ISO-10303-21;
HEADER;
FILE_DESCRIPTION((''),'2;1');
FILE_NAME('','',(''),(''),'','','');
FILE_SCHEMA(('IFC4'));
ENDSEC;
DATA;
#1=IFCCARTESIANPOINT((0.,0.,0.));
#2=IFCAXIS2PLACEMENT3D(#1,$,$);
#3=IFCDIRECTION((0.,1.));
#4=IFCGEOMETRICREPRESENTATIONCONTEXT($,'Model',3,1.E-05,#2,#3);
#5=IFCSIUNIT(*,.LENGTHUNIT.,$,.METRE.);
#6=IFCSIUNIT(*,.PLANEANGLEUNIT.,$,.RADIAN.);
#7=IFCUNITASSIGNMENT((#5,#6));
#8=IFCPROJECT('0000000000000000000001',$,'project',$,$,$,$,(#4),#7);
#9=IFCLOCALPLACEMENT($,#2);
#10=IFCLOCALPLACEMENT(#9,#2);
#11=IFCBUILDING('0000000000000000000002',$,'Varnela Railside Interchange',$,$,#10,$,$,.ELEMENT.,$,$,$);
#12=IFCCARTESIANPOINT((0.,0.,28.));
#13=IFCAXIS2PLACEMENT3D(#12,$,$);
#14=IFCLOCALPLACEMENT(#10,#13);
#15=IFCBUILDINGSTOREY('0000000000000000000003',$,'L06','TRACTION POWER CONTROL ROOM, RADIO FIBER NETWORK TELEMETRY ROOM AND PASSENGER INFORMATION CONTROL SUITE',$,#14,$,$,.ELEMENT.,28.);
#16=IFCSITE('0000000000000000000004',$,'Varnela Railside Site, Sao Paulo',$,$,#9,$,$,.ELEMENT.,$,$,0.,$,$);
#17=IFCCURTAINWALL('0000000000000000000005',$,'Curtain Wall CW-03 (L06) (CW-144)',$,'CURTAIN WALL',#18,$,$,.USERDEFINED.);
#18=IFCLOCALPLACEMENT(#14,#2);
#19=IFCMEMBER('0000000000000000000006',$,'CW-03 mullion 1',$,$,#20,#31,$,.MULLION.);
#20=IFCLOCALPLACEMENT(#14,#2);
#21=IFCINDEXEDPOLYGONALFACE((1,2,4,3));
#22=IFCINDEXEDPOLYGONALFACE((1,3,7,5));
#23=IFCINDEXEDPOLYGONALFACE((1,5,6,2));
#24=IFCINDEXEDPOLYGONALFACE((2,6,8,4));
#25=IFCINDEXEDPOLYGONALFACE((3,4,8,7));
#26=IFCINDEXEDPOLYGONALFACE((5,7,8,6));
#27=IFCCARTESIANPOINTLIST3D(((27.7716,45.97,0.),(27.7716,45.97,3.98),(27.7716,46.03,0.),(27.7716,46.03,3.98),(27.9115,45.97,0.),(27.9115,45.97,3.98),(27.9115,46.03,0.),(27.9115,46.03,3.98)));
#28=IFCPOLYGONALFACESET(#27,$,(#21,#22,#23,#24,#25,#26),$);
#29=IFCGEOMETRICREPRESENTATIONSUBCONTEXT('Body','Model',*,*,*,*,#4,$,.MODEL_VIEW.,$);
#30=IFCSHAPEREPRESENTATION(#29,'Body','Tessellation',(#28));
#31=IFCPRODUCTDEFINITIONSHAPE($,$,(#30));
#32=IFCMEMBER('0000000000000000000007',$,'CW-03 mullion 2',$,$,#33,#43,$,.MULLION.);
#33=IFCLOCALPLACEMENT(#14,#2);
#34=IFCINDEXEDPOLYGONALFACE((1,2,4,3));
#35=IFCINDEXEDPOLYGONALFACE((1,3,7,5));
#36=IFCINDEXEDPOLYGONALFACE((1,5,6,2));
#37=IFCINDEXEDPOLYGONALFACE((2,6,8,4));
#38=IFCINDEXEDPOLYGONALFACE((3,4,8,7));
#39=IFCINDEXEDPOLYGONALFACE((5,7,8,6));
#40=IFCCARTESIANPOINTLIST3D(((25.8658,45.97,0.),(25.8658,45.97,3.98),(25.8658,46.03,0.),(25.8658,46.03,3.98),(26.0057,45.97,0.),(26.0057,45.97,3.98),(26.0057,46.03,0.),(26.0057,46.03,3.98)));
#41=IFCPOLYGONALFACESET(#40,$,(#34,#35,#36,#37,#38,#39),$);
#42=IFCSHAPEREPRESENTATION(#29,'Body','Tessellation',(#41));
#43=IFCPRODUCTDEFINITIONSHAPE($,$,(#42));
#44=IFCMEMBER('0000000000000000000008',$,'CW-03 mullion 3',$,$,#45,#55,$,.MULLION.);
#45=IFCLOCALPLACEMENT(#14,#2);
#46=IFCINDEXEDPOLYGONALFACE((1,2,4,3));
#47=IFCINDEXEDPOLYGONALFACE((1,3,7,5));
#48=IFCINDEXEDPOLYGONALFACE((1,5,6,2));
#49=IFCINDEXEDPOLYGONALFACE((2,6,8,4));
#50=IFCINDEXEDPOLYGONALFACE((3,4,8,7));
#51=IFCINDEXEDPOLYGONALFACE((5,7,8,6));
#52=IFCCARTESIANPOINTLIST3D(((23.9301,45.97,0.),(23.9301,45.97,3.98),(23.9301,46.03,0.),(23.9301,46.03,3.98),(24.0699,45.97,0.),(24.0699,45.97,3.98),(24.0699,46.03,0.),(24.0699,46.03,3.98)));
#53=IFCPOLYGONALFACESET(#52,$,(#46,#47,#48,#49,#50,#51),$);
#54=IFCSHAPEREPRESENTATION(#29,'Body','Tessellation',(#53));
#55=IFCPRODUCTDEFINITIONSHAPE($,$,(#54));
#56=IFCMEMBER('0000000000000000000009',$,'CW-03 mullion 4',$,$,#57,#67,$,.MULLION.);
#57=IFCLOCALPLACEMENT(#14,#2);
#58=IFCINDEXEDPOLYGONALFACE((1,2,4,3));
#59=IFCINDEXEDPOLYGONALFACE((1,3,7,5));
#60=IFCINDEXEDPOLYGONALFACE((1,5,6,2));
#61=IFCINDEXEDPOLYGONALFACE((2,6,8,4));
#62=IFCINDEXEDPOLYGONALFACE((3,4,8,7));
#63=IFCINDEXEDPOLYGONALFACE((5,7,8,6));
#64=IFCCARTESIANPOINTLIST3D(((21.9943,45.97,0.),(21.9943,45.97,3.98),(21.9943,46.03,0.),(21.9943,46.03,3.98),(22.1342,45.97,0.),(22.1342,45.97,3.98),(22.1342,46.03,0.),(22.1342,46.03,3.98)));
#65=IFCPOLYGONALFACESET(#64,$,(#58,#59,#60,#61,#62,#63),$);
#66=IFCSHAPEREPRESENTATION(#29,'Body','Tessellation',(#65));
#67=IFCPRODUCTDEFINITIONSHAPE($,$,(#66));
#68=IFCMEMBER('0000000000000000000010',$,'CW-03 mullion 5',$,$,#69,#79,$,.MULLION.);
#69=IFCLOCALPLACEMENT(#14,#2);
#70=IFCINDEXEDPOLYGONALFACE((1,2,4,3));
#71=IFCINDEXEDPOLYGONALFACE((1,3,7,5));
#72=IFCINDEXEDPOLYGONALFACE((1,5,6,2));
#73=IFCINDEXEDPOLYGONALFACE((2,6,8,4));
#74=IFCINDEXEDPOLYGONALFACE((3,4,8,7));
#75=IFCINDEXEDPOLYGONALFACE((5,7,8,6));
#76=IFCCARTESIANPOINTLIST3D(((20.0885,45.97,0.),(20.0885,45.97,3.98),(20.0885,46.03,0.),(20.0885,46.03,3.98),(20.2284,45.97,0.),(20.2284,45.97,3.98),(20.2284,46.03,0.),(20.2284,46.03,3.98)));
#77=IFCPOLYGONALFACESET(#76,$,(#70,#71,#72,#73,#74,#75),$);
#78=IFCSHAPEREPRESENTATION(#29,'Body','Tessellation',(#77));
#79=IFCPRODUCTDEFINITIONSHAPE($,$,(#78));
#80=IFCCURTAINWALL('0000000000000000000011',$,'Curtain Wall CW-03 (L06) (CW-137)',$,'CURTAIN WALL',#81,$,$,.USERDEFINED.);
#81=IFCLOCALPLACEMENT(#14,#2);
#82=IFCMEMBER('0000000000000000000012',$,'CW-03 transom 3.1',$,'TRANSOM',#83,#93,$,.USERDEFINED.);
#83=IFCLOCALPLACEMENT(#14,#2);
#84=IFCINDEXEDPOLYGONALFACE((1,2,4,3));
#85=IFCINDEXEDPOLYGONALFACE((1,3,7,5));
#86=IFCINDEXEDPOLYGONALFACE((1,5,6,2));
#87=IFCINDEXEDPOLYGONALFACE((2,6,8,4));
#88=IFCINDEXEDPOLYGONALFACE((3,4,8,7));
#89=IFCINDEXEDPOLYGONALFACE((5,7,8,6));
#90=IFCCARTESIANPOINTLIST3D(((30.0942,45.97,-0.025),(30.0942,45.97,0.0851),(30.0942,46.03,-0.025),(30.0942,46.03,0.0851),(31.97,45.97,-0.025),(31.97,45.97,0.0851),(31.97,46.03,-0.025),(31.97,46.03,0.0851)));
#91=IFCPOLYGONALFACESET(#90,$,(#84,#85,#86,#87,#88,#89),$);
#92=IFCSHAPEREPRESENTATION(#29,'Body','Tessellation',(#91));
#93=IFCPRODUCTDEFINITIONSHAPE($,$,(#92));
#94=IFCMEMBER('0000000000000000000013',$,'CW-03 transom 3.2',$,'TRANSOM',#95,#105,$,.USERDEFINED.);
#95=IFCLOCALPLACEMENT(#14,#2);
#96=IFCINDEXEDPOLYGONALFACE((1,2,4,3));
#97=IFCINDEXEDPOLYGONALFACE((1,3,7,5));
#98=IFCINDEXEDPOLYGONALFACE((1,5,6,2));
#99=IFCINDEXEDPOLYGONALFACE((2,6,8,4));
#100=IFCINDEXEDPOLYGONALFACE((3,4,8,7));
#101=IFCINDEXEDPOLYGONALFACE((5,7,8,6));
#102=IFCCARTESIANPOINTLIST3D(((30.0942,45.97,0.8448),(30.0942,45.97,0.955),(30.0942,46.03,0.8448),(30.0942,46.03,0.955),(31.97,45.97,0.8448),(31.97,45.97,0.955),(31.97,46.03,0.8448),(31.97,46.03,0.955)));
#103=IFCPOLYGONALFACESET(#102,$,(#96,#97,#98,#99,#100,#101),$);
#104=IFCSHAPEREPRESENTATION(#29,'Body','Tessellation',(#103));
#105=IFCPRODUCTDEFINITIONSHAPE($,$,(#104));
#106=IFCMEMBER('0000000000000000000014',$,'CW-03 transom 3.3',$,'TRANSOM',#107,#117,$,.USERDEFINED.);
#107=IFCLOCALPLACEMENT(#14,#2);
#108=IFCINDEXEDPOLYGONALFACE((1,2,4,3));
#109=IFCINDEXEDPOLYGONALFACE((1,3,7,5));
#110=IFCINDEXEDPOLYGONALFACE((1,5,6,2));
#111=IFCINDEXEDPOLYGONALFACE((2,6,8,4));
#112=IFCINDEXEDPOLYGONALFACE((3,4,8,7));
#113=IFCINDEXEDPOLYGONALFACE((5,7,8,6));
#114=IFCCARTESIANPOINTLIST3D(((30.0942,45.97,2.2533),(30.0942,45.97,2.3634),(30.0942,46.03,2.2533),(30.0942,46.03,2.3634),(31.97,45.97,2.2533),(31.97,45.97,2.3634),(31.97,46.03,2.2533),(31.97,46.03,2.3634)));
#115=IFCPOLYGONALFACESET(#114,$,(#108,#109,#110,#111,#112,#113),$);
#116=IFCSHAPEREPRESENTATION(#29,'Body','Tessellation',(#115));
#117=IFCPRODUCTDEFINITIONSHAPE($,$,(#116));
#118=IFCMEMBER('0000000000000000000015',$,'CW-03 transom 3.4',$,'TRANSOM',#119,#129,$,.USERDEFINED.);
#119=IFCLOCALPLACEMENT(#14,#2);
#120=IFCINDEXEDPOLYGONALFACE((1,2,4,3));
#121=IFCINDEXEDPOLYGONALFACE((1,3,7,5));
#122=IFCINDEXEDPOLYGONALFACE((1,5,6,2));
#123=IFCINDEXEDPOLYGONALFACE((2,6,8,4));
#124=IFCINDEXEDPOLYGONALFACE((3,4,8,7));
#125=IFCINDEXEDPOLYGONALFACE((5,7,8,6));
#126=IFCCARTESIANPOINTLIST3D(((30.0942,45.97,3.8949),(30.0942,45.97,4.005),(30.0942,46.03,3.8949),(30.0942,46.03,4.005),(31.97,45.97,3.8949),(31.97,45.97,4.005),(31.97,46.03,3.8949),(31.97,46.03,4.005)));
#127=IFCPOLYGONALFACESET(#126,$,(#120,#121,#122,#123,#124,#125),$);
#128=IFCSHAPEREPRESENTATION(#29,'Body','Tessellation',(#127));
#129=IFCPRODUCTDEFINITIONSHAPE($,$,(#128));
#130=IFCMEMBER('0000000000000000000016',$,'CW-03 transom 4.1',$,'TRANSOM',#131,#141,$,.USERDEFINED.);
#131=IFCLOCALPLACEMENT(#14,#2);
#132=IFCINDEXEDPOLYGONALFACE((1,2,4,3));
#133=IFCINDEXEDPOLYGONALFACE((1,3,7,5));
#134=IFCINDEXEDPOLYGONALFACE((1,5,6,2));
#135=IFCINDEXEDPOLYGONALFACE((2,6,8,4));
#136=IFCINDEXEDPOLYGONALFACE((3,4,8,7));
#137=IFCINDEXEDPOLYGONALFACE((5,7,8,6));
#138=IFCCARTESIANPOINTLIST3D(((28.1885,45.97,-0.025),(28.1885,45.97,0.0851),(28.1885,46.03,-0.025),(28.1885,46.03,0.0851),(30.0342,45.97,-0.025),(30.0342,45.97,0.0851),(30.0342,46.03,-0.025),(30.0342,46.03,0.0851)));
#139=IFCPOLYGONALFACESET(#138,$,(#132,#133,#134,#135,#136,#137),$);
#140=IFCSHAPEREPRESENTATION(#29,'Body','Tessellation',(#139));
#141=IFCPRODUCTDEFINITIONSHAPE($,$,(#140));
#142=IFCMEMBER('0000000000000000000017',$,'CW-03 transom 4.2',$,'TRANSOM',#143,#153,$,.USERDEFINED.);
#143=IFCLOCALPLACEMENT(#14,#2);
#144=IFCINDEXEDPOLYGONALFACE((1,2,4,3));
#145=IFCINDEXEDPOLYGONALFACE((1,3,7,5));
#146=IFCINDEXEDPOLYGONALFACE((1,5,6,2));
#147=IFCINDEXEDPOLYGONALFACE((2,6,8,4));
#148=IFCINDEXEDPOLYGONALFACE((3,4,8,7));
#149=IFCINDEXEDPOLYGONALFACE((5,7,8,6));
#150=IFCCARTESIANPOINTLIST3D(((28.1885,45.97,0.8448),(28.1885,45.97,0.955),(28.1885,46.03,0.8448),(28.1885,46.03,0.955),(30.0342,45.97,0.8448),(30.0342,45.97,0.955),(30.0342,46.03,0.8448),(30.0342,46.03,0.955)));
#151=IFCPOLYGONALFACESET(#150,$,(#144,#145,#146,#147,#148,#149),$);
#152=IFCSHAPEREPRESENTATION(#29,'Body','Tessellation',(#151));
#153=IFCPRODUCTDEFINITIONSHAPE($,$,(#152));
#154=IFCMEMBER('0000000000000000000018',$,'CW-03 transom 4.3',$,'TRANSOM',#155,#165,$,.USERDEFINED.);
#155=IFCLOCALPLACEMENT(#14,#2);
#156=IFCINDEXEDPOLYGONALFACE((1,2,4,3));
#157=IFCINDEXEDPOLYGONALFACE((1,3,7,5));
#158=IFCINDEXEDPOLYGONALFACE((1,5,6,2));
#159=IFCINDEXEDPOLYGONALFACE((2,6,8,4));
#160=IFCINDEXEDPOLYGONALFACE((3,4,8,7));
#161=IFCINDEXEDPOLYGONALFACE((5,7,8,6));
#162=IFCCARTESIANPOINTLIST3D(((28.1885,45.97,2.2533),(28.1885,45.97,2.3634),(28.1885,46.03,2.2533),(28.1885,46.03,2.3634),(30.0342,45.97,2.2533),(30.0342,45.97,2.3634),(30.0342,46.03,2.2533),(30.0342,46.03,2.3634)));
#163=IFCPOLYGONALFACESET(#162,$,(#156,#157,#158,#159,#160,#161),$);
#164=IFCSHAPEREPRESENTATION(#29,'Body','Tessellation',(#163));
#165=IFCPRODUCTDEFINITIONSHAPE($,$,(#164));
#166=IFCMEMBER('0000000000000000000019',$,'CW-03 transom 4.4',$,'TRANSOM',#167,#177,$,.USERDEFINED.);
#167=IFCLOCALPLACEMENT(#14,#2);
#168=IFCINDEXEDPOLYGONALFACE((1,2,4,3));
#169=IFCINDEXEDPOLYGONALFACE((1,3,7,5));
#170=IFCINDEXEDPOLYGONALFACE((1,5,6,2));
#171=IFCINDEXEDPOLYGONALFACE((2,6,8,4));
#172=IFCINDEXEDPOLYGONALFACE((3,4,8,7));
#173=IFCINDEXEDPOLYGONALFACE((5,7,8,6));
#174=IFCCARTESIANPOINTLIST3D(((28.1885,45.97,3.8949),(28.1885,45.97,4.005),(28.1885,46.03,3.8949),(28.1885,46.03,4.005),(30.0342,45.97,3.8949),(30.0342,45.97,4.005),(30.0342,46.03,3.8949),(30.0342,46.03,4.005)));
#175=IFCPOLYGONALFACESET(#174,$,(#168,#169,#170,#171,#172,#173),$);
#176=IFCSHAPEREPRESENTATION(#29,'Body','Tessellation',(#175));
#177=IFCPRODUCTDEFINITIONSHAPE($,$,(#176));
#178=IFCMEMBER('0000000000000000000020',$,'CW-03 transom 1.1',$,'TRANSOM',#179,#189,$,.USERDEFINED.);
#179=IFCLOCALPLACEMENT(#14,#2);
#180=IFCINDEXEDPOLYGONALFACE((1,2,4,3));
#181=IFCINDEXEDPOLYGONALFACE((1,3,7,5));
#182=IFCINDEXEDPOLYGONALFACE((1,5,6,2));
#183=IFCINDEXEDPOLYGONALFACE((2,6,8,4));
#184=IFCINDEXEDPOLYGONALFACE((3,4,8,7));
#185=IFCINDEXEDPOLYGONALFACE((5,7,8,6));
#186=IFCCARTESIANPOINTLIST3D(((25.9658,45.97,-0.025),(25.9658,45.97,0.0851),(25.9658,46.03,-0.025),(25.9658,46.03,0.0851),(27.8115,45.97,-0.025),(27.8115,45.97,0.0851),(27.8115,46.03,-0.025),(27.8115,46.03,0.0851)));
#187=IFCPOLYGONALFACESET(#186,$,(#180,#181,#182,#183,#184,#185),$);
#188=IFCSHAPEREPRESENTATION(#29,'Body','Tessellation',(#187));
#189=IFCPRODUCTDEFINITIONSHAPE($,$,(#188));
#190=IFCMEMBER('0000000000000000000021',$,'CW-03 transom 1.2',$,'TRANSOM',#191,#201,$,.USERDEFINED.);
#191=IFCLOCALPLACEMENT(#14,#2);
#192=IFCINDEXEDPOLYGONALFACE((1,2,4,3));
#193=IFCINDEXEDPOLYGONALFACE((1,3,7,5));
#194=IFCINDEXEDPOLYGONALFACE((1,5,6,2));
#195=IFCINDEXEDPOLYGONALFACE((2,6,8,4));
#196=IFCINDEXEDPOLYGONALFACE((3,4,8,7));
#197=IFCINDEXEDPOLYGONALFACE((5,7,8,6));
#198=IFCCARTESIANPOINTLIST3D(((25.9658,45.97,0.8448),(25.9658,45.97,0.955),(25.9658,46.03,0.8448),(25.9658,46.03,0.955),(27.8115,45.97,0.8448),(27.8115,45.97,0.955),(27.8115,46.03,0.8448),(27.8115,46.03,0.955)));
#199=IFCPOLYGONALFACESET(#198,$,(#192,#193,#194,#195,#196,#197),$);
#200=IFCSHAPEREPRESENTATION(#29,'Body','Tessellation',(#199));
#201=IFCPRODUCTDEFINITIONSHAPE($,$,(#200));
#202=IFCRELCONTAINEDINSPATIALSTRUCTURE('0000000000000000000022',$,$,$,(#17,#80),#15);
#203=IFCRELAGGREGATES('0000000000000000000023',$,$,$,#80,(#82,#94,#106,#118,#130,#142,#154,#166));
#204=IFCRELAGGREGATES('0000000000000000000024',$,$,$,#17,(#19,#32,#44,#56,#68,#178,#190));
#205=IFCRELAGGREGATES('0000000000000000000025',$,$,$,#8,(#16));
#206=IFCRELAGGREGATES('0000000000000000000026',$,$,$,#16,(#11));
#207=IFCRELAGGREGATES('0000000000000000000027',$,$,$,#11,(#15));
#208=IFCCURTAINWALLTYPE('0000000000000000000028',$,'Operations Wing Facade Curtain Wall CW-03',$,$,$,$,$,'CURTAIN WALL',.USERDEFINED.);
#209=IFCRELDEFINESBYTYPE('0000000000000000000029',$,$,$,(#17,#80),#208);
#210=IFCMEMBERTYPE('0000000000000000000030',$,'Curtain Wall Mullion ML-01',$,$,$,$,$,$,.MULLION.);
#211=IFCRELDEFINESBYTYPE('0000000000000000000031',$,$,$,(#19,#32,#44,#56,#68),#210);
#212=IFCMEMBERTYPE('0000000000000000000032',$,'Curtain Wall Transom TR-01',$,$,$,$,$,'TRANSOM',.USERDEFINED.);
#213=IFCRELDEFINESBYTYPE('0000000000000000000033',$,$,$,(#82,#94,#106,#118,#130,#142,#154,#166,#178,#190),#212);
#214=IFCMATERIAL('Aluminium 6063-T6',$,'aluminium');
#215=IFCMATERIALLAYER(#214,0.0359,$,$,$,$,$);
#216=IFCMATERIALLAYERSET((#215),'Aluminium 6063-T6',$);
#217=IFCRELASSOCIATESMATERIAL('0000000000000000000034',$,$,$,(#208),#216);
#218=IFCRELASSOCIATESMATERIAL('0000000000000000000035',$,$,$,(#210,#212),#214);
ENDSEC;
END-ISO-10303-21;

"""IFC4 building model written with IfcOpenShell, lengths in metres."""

from ifc_helpers import new_model, si_unit, direction, frame, origin, origin_2d, place, context, subcontext, project, spatial, rectangle, extrude, material, layer, layer_set, material_profile, profile_set, type_object, element, aggregate, save


model = new_model("IFC4")

# Units and contexts
model_context = context("Model", 3, precision=1e-05, world=origin(), true_north=direction((0.0, 1.0)))
body_context = subcontext(model_context, "Body", "Model", "MODEL_VIEW")
ifc_project = project(units=[si_unit("LENGTHUNIT", "METRE"), si_unit("PLANEANGLEUNIT", "RADIAN")], contexts=[model_context])

# Site, building, storey
site_placement = place(None, origin())
site = spatial("IfcSite", under=ifc_project, at=site_placement, Name="Varnela Railside Site, Sao Paulo", CompositionType="ELEMENT", RefElevation=0.0)
building_placement = place(site_placement, origin())
building = spatial("IfcBuilding", under=site, at=building_placement, Name="Varnela Railside Interchange", CompositionType="ELEMENT")
storey_placement = place(building_placement, frame((0.0, 0.0, 28.0)))
storey = spatial("IfcBuildingStorey", under=building, at=storey_placement, Name="L06", Description="TRACTION POWER CONTROL ROOM, RADIO FIBER NETWORK TELEMETRY ROOM AND PASSENGER INFORMATION CONTROL SUITE", CompositionType="ELEMENT", Elevation=28.0)

# Curtain walls, members
ifc_material_1 = material(Name="Aluminium 6063-T6", Category="aluminium")
ifc_layer_1 = layer(ifc_material_1, 0.0359)
ifc_layer_set_1 = layer_set([ifc_layer_1], Name="Aluminium 6063-T6")
curtain_wall_type = type_object("IfcCurtainWallType", Name="Operations Wing Facade Curtain Wall CW-03", ElementType="CURTAIN WALL", PredefinedType="USERDEFINED", material=ifc_layer_set_1)
curtain_wall_1_placement = place(storey_placement, origin())
curtain_wall_1 = element("IfcCurtainWall", 1, at=curtain_wall_1_placement, inside=storey, type_object=curtain_wall_type, Name="Curtain Wall CW-03 (L06) (CW-144)", ObjectType="CURTAIN WALL", PredefinedType="USERDEFINED")
ifc_material_profile_1 = material_profile(ifc_material_1, rectangle(XDim=0.0601, YDim=0.1399, at=origin_2d()), Name="ALU 60x140")
ifc_profile_set_1 = profile_set([ifc_material_profile_1], Name="Aluminium 6063-T6")
member_type_1 = type_object("IfcMemberType", Name="Curtain Wall Mullion ML-01", PredefinedType="MULLION", material=ifc_profile_set_1)
member_1_placement = place(storey_placement, frame((27.8416, 46.0, 0.0), z_axis=(0.0, 0.0, 1.0), x_axis=(0.0, -1.0, 0.0)))
member_1 = element("IfcMember", 2, at=member_1_placement, type_object=member_type_1, Name="CW-03 mullion 1", PredefinedType="MULLION", context=body_context, shape_type="SweptSolid", body=[
    extrude(rectangle(XDim=0.0601, YDim=0.1399, at=origin_2d()), origin(), (0.0, 0.0, 1.0), 3.98),
])
member_2_placement = place(storey_placement, frame((25.9358, 46.0, 0.0), z_axis=(0.0, 0.0, 1.0), x_axis=(0.0, -1.0, 0.0)))
member_2 = element("IfcMember", 3, at=member_2_placement, type_object=member_type_1, Name="CW-03 mullion 2", PredefinedType="MULLION", context=body_context, shape_type="SweptSolid", body=[
    extrude(rectangle(XDim=0.0601, YDim=0.1399, at=origin_2d()), origin(), (0.0, 0.0, 1.0), 3.98),
])
member_3_placement = place(storey_placement, frame((24.0, 46.0, 0.0), z_axis=(0.0, 0.0, 1.0), x_axis=(0.0, -1.0, 0.0)))
member_3 = element("IfcMember", 4, at=member_3_placement, type_object=member_type_1, Name="CW-03 mullion 3", PredefinedType="MULLION", context=body_context, shape_type="SweptSolid", body=[
    extrude(rectangle(XDim=0.0601, YDim=0.1399, at=origin_2d()), origin(), (0.0, 0.0, 1.0), 3.98),
])
member_4_placement = place(storey_placement, frame((22.0642, 46.0, 0.0), z_axis=(0.0, 0.0, 1.0), x_axis=(0.0, -1.0, 0.0)))
member_4 = element("IfcMember", 5, at=member_4_placement, type_object=member_type_1, Name="CW-03 mullion 4", PredefinedType="MULLION", context=body_context, shape_type="SweptSolid", body=[
    extrude(rectangle(XDim=0.0601, YDim=0.1399, at=origin_2d()), origin(), (0.0, 0.0, 1.0), 3.98),
])
member_5_placement = place(storey_placement, frame((20.1584, 46.0, 0.0), z_axis=(0.0, 0.0, 1.0), x_axis=(0.0, -1.0, 0.0)))
member_5 = element("IfcMember", 6, at=member_5_placement, type_object=member_type_1, Name="CW-03 mullion 5", PredefinedType="MULLION", context=body_context, shape_type="SweptSolid", body=[
    extrude(rectangle(XDim=0.0601, YDim=0.1399, at=origin_2d()), origin(), (0.0, 0.0, 1.0), 3.98),
])
curtain_wall_2_placement = place(storey_placement, origin())
curtain_wall_2 = element("IfcCurtainWall", 7, at=curtain_wall_2_placement, inside=storey, type_object=curtain_wall_type, Name="Curtain Wall CW-03 (L06) (CW-137)", ObjectType="CURTAIN WALL", PredefinedType="USERDEFINED")
ifc_material_profile_2 = material_profile(ifc_material_1, rectangle(XDim=0.0601, YDim=0.1101, at=origin_2d()), Name="ALU 60x110")
ifc_profile_set_2 = profile_set([ifc_material_profile_2], Name="Aluminium 6063-T6")
member_type_2 = type_object("IfcMemberType", Name="Curtain Wall Transom TR-01", ElementType="TRANSOM", PredefinedType="USERDEFINED", material=ifc_profile_set_2)
member_6_placement = place(storey_placement, frame((31.97, 46.0, 0.03), z_axis=(-1.0, 0.0, 0.0), x_axis=(0.0, -1.0, 0.0)))
member_6 = element("IfcMember", 8, at=member_6_placement, type_object=member_type_2, Name="CW-03 transom 3.1", ObjectType="TRANSOM", PredefinedType="USERDEFINED", context=body_context, shape_type="SweptSolid", body=[
    extrude(rectangle(XDim=0.0601, YDim=0.1101, at=origin_2d()), origin(), (0.0, 0.0, 1.0), 1.8757),
])
member_7_placement = place(storey_placement, frame((31.97, 46.0, 0.8999), z_axis=(-1.0, 0.0, 0.0), x_axis=(0.0, -1.0, 0.0)))
member_7 = element("IfcMember", 9, at=member_7_placement, type_object=member_type_2, Name="CW-03 transom 3.2", ObjectType="TRANSOM", PredefinedType="USERDEFINED", context=body_context, shape_type="SweptSolid", body=[
    extrude(rectangle(XDim=0.0601, YDim=0.1101, at=origin_2d()), origin(), (0.0, 0.0, 1.0), 1.8757),
])
member_8_placement = place(storey_placement, frame((31.97, 46.0, 2.3083), z_axis=(-1.0, 0.0, 0.0), x_axis=(0.0, -1.0, 0.0)))
member_8 = element("IfcMember", 10, at=member_8_placement, type_object=member_type_2, Name="CW-03 transom 3.3", ObjectType="TRANSOM", PredefinedType="USERDEFINED", context=body_context, shape_type="SweptSolid", body=[
    extrude(rectangle(XDim=0.0601, YDim=0.1101, at=origin_2d()), origin(), (0.0, 0.0, 1.0), 1.8757),
])
member_9_placement = place(storey_placement, frame((31.97, 46.0, 3.95), z_axis=(-1.0, 0.0, 0.0), x_axis=(0.0, -1.0, 0.0)))
member_9 = element("IfcMember", 11, at=member_9_placement, type_object=member_type_2, Name="CW-03 transom 3.4", ObjectType="TRANSOM", PredefinedType="USERDEFINED", context=body_context, shape_type="SweptSolid", body=[
    extrude(rectangle(XDim=0.0601, YDim=0.1101, at=origin_2d()), origin(), (0.0, 0.0, 1.0), 1.8757),
])
member_10_placement = place(storey_placement, frame((30.0342, 46.0, 0.03), z_axis=(-1.0, 0.0, 0.0), x_axis=(0.0, -1.0, 0.0)))
member_10 = element("IfcMember", 12, at=member_10_placement, type_object=member_type_2, Name="CW-03 transom 4.1", ObjectType="TRANSOM", PredefinedType="USERDEFINED", context=body_context, shape_type="SweptSolid", body=[
    extrude(rectangle(XDim=0.0601, YDim=0.1101, at=origin_2d()), origin(), (0.0, 0.0, 1.0), 1.8457),
])
member_11_placement = place(storey_placement, frame((30.0342, 46.0, 0.8999), z_axis=(-1.0, 0.0, 0.0), x_axis=(0.0, -1.0, 0.0)))
member_11 = element("IfcMember", 13, at=member_11_placement, type_object=member_type_2, Name="CW-03 transom 4.2", ObjectType="TRANSOM", PredefinedType="USERDEFINED", context=body_context, shape_type="SweptSolid", body=[
    extrude(rectangle(XDim=0.0601, YDim=0.1101, at=origin_2d()), origin(), (0.0, 0.0, 1.0), 1.8457),
])
member_12_placement = place(storey_placement, frame((30.0342, 46.0, 2.3083), z_axis=(-1.0, 0.0, 0.0), x_axis=(0.0, -1.0, 0.0)))
member_12 = element("IfcMember", 14, at=member_12_placement, type_object=member_type_2, Name="CW-03 transom 4.3", ObjectType="TRANSOM", PredefinedType="USERDEFINED", context=body_context, shape_type="SweptSolid", body=[
    extrude(rectangle(XDim=0.0601, YDim=0.1101, at=origin_2d()), origin(), (0.0, 0.0, 1.0), 1.8457),
])
member_13_placement = place(storey_placement, frame((30.0342, 46.0, 3.95), z_axis=(-1.0, 0.0, 0.0), x_axis=(0.0, -1.0, 0.0)))
member_13 = element("IfcMember", 15, at=member_13_placement, type_object=member_type_2, Name="CW-03 transom 4.4", ObjectType="TRANSOM", PredefinedType="USERDEFINED", context=body_context, shape_type="SweptSolid", body=[
    extrude(rectangle(XDim=0.0601, YDim=0.1101, at=origin_2d()), origin(), (0.0, 0.0, 1.0), 1.8457),
])

# Members
member_14_placement = place(storey_placement, frame((27.8115, 46.0, 0.03), z_axis=(-1.0, 0.0, 0.0), x_axis=(0.0, -1.0, 0.0)))
member_14 = element("IfcMember", 16, at=member_14_placement, type_object=member_type_2, Name="CW-03 transom 1.1", ObjectType="TRANSOM", PredefinedType="USERDEFINED", context=body_context, shape_type="SweptSolid", body=[
    extrude(rectangle(XDim=0.0601, YDim=0.1101, at=origin_2d()), origin(), (0.0, 0.0, 1.0), 1.8457),
])
member_15_placement = place(storey_placement, frame((27.8115, 46.0, 0.8999), z_axis=(-1.0, 0.0, 0.0), x_axis=(0.0, -1.0, 0.0)))
member_15 = element("IfcMember", 17, at=member_15_placement, type_object=member_type_2, Name="CW-03 transom 1.2", ObjectType="TRANSOM", PredefinedType="USERDEFINED", context=body_context, shape_type="SweptSolid", body=[
    extrude(rectangle(XDim=0.0601, YDim=0.1101, at=origin_2d()), origin(), (0.0, 0.0, 1.0), 1.8457),
])

aggregate(curtain_wall_2, [member_6, member_7, member_8, member_9, member_10, member_11, member_12, member_13])
aggregate(curtain_wall_1, [member_1, member_2, member_3, member_4, member_5, member_14, member_15])

save(model, "model.ifc")
